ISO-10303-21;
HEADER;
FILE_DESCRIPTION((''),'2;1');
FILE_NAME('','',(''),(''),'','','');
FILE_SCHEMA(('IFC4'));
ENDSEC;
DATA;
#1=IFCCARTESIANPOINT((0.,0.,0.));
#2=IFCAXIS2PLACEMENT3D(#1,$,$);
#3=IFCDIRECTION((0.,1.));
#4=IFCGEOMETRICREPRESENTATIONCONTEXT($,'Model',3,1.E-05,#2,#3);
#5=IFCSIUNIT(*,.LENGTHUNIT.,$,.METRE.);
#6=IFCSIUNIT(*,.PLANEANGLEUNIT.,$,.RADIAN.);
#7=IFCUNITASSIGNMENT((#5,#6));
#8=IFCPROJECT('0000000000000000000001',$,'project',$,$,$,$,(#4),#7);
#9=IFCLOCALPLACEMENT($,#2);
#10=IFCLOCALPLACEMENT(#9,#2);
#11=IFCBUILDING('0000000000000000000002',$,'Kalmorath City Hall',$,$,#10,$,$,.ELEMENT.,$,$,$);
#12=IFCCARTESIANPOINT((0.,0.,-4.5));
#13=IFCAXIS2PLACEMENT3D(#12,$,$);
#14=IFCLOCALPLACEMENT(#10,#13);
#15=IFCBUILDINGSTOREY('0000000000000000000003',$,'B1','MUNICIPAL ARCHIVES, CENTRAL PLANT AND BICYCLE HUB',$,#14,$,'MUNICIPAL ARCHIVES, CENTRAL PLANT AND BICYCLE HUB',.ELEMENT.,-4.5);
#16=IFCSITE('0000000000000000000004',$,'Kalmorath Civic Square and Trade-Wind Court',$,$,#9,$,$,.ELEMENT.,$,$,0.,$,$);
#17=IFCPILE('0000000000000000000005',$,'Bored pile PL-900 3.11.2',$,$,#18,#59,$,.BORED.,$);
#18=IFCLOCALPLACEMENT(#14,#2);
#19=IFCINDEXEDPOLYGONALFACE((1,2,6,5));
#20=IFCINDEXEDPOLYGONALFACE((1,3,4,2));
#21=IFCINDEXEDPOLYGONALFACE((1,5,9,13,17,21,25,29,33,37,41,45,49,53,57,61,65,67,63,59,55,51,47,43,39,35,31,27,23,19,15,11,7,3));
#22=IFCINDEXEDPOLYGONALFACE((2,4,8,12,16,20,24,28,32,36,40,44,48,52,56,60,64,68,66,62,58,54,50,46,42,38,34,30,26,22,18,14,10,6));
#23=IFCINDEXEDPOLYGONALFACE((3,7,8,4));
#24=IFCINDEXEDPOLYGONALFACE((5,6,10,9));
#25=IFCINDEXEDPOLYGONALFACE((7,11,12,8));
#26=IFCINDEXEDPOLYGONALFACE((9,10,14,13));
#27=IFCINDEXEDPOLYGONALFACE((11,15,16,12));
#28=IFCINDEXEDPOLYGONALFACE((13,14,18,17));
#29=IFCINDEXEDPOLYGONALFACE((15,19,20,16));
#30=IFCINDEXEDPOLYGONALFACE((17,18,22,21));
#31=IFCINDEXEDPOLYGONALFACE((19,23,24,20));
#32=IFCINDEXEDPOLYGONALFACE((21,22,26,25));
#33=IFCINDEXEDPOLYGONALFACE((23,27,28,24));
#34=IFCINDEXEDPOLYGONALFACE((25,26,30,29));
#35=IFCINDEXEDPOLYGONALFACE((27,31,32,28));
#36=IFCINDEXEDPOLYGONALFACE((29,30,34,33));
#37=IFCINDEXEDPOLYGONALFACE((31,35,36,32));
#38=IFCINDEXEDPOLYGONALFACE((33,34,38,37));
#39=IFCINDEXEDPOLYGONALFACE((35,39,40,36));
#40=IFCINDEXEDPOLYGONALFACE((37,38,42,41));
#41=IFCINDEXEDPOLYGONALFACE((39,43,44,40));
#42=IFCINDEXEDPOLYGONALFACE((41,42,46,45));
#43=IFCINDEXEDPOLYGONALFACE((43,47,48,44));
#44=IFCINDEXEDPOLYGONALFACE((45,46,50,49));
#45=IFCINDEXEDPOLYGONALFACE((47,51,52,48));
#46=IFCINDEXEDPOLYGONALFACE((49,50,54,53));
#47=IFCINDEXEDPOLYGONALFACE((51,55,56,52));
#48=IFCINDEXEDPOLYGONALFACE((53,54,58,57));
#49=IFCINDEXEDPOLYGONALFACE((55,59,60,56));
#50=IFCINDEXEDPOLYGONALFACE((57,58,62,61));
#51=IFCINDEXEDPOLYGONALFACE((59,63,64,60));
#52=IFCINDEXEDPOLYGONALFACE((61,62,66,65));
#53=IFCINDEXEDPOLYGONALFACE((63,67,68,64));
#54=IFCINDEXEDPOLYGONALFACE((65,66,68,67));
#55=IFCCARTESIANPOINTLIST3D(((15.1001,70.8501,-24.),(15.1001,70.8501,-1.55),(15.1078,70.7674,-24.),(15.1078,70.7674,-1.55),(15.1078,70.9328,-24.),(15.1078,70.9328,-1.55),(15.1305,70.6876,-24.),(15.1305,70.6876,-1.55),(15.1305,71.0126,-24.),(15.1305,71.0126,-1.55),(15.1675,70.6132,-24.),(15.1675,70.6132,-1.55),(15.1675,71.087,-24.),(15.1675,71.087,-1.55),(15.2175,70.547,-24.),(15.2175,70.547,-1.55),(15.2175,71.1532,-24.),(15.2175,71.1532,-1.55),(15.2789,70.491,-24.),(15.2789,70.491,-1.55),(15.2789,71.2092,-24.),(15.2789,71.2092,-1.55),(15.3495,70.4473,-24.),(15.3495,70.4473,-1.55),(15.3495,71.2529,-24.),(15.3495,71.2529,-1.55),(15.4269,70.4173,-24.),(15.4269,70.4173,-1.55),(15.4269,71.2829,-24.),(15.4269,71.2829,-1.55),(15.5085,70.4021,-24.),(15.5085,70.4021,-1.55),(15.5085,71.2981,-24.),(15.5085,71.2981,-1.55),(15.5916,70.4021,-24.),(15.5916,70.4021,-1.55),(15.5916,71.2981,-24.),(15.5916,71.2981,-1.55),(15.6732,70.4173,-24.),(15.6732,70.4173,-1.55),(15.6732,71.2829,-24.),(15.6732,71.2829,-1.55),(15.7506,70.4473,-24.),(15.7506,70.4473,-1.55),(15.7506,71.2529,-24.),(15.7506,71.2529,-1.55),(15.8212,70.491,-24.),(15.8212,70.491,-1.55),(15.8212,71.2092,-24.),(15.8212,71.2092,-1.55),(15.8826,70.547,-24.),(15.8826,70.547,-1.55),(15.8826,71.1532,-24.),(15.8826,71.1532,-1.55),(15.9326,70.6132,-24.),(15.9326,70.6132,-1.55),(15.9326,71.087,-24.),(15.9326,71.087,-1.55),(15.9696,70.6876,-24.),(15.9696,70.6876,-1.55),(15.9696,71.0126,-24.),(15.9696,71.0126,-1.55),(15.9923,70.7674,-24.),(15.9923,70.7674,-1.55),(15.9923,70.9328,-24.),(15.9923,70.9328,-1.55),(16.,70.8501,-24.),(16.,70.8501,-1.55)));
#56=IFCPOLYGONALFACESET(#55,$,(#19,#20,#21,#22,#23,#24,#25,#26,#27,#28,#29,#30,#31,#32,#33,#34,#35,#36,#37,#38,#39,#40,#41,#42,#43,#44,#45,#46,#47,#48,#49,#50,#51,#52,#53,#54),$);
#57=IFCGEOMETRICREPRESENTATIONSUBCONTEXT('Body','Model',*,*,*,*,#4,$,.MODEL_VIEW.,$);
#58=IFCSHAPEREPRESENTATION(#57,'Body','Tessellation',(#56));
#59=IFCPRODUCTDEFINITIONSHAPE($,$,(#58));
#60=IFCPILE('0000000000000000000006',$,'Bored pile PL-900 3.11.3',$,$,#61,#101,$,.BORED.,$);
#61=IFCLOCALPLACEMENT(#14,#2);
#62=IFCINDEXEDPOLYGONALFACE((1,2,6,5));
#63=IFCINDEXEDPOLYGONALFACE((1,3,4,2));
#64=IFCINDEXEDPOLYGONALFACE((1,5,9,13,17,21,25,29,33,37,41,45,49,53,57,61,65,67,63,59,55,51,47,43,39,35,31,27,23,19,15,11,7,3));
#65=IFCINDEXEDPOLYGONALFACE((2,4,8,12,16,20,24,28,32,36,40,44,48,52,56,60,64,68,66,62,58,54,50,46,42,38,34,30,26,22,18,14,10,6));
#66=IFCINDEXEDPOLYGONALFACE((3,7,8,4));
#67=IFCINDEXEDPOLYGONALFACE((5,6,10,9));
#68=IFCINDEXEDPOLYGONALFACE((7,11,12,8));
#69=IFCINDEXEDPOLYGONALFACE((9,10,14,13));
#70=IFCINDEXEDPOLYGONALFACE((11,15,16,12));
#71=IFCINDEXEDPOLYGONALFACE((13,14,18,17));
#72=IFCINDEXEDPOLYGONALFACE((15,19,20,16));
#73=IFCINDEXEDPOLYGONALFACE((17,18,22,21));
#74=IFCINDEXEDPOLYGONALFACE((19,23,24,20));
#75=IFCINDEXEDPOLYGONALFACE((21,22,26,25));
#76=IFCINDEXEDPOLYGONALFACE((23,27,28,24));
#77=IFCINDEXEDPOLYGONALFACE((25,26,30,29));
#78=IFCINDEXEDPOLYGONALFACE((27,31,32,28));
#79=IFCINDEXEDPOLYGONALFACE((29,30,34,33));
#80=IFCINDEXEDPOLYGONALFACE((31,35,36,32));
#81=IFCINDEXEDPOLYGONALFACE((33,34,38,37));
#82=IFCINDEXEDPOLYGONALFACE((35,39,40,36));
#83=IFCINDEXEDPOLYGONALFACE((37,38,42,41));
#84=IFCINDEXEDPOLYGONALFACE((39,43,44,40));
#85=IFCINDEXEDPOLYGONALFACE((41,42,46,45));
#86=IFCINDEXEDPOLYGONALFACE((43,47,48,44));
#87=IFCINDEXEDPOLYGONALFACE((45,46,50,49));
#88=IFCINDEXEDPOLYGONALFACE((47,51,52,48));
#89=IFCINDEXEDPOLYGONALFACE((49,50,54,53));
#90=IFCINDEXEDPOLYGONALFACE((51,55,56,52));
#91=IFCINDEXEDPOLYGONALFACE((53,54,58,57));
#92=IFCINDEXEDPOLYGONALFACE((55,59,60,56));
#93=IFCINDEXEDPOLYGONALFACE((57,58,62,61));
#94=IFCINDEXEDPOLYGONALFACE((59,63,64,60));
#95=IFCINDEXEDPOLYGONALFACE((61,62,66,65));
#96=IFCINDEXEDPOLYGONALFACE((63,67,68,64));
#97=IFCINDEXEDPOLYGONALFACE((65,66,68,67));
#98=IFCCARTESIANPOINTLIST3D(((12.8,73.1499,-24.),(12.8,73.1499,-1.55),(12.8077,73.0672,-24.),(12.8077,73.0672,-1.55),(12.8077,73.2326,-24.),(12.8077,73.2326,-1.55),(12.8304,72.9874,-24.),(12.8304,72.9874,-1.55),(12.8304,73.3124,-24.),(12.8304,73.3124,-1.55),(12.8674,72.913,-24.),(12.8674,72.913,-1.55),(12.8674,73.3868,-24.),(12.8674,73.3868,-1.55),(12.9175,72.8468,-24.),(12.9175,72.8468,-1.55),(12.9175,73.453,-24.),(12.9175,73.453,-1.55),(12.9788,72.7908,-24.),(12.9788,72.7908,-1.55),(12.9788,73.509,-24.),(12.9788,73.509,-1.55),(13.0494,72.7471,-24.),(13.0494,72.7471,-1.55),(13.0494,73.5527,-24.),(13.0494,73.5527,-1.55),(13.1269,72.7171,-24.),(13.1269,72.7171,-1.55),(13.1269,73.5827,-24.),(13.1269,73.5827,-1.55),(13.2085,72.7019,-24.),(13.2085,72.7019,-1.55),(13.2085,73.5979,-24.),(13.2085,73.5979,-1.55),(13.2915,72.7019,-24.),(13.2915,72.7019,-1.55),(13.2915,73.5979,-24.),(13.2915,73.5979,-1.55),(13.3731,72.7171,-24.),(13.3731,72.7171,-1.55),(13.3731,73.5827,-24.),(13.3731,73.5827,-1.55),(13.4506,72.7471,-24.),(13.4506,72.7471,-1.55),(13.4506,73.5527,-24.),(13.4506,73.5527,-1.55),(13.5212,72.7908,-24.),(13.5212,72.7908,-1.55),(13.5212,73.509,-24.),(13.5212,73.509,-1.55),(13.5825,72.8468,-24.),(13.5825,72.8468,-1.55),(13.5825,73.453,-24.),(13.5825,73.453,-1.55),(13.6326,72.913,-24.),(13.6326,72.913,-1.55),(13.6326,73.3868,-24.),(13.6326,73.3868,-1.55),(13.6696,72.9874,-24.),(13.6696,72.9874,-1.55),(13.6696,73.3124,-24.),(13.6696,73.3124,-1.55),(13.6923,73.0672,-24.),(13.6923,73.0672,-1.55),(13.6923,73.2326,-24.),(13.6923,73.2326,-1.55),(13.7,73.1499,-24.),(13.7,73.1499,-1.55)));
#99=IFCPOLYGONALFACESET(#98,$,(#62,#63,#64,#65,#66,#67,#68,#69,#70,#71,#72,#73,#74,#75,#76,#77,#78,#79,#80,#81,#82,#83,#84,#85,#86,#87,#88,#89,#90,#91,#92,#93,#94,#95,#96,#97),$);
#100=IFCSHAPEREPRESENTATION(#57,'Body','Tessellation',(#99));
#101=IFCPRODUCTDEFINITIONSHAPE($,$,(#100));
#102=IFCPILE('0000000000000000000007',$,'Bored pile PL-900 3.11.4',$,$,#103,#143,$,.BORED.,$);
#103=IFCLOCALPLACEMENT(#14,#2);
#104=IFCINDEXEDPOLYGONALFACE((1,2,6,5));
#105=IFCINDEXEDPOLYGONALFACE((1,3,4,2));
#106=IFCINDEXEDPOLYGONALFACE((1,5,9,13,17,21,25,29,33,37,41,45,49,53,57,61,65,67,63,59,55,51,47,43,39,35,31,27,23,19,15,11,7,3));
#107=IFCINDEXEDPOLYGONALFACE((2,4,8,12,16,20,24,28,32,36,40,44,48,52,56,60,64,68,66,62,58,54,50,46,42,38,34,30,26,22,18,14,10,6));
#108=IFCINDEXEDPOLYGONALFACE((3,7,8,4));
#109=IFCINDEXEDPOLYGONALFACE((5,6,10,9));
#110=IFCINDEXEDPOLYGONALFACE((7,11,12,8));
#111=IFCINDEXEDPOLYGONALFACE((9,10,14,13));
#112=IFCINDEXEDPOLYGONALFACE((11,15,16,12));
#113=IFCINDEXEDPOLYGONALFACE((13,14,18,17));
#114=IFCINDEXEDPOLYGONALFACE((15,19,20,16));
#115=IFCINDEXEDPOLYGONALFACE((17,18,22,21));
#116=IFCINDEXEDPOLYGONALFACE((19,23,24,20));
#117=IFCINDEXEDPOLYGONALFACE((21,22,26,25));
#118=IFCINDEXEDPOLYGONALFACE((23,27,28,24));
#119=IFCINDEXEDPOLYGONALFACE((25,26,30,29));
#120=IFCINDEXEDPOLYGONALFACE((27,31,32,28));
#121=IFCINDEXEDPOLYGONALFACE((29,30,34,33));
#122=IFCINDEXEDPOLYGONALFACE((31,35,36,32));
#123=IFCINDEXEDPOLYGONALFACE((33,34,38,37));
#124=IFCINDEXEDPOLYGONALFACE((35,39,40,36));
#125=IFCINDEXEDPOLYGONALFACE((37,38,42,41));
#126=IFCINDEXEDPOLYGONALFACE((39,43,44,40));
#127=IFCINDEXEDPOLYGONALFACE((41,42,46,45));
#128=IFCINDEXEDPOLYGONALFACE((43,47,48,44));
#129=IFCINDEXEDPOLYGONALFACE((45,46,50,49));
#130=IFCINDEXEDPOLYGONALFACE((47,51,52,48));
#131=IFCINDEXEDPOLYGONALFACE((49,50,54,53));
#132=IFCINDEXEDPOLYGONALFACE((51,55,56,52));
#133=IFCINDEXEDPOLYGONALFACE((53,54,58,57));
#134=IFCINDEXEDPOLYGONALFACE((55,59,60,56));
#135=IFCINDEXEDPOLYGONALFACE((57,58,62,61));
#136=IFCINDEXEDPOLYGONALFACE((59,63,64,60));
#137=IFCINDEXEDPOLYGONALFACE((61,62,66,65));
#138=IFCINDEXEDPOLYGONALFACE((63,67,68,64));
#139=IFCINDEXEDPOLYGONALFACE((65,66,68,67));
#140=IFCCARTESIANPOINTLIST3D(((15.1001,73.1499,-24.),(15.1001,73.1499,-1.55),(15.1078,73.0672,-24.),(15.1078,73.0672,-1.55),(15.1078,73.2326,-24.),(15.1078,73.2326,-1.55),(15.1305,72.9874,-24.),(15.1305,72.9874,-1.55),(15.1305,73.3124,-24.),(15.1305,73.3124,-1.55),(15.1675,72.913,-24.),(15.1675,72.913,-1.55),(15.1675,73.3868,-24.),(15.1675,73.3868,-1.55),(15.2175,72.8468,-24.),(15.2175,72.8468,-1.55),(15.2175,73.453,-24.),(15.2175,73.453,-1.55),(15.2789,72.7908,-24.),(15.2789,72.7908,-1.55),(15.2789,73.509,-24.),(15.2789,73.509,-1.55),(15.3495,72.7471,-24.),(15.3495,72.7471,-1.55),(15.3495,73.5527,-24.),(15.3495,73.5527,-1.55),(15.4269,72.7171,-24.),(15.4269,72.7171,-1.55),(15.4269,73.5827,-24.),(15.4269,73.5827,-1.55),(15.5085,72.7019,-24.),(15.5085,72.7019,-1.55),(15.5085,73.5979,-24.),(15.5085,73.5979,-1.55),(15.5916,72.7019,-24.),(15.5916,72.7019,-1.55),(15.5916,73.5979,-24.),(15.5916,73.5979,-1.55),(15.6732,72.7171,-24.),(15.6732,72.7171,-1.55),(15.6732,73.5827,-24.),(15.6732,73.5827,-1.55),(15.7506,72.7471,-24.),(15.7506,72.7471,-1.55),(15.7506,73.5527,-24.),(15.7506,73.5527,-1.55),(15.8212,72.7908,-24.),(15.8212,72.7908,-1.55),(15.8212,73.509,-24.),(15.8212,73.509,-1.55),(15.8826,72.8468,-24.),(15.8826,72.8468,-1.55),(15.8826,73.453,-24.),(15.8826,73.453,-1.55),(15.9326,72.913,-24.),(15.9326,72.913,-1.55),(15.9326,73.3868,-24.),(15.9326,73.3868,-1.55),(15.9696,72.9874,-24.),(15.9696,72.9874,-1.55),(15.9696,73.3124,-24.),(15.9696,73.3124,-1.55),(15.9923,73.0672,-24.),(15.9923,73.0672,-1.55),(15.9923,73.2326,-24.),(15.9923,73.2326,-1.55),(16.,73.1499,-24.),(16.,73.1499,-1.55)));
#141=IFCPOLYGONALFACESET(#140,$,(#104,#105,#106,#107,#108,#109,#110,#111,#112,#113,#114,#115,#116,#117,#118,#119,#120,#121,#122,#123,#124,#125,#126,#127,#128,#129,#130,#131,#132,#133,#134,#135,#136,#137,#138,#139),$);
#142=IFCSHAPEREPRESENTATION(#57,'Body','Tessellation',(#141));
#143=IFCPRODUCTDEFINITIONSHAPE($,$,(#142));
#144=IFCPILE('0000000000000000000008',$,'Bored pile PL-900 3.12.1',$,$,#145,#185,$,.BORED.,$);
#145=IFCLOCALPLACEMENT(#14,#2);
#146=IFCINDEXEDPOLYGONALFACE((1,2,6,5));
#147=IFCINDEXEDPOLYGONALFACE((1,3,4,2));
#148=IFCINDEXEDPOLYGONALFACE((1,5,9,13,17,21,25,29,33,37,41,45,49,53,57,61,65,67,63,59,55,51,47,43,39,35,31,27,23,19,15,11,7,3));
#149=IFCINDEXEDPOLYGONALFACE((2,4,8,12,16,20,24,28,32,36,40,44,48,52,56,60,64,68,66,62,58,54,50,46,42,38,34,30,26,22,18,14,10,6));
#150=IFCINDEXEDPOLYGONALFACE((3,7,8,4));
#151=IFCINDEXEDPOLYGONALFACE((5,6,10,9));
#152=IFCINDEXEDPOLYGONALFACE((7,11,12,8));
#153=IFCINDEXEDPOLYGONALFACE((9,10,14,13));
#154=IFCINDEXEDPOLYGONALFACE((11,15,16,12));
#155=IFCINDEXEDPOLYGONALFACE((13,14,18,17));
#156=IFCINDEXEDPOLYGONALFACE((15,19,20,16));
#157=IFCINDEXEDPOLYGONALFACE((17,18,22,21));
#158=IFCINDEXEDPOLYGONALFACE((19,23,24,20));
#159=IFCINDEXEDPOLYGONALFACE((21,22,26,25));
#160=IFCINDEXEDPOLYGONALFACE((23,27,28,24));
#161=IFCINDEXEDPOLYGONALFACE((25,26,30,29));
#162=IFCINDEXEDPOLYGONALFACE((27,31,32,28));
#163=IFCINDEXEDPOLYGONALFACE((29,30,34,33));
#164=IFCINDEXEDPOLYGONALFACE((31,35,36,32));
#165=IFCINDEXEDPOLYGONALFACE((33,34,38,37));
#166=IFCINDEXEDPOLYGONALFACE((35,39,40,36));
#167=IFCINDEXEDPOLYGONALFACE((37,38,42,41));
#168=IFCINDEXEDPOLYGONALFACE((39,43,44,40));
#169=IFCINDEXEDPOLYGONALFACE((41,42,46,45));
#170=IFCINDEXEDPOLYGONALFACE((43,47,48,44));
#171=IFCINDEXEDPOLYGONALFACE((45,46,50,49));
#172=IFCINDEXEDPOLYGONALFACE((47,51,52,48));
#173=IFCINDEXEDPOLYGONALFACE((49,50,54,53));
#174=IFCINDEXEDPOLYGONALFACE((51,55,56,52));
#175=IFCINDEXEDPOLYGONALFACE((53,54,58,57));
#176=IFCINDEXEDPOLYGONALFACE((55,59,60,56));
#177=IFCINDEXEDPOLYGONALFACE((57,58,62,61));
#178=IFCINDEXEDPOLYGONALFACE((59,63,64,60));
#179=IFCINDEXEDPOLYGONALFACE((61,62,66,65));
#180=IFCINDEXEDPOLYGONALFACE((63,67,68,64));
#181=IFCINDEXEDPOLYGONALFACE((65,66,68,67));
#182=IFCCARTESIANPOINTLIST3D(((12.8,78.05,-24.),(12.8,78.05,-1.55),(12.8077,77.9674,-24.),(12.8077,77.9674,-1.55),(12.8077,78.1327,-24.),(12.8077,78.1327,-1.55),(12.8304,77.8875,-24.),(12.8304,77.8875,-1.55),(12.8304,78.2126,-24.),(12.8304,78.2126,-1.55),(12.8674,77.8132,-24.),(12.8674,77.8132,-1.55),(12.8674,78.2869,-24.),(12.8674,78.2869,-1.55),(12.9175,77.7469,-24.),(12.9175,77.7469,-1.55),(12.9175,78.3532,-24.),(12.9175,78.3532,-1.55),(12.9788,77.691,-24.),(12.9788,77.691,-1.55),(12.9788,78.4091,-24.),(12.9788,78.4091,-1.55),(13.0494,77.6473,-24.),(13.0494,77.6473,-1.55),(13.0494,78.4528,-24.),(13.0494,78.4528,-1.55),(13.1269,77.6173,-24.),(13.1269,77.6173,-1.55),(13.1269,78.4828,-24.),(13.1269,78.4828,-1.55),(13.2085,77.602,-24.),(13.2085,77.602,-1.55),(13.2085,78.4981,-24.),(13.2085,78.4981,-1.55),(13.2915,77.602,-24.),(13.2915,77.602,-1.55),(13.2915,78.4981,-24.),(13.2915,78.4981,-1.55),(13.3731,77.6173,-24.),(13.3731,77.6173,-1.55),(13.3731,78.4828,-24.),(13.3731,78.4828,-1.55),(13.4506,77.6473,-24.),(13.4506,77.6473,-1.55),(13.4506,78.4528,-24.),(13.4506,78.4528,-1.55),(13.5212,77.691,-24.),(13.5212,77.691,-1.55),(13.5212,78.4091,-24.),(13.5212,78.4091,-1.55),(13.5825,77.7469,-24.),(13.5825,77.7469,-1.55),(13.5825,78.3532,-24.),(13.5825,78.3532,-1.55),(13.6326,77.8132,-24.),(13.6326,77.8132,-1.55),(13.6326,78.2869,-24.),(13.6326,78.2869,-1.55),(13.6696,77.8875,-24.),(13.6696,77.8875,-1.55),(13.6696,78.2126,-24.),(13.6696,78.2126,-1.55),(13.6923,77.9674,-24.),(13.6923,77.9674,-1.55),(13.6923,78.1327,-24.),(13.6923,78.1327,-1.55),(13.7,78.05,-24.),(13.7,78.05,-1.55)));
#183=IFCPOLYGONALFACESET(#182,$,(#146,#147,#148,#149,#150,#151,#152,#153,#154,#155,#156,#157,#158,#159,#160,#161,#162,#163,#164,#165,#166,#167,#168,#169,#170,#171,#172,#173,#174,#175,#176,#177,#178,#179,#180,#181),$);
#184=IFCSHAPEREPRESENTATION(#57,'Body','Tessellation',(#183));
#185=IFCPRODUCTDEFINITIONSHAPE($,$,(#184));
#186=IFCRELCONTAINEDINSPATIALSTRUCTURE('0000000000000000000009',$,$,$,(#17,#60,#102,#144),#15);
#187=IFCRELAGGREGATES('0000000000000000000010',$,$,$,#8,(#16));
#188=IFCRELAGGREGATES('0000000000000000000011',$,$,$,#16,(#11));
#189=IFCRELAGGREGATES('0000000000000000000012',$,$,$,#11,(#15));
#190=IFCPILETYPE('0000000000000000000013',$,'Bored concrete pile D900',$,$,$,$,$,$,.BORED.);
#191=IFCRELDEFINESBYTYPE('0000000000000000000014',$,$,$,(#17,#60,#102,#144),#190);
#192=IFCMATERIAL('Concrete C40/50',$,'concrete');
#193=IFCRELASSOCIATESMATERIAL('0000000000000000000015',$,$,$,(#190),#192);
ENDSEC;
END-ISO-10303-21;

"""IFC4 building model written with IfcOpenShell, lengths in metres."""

from ifc_helpers import new_model, si_unit, direction, frame, origin, origin_2d, place, context, subcontext, project, spatial, circle, extrude, material, material_profile, profile_set, type_object, element, save


model = new_model("IFC4")

# Units and contexts
model_context = context("Model", 3, precision=1e-05, world=origin(), true_north=direction((0.0, 1.0)))
body_context = subcontext(model_context, "Body", "Model", "MODEL_VIEW")
ifc_project = project(units=[si_unit("LENGTHUNIT", "METRE"), si_unit("PLANEANGLEUNIT", "RADIAN")], contexts=[model_context])

# Site, building, storey
site_placement = place(None, origin())
site = spatial("IfcSite", under=ifc_project, at=site_placement, Name="Kalmorath Civic Square and Trade-Wind Court", CompositionType="ELEMENT", RefElevation=0.0)
building_placement = place(site_placement, origin())
building = spatial("IfcBuilding", under=site, at=building_placement, Name="Kalmorath City Hall", CompositionType="ELEMENT")
storey_placement = place(building_placement, frame((0.0, 0.0, -4.5)))
storey = spatial("IfcBuildingStorey", under=building, at=storey_placement, Name="B1", Description="MUNICIPAL ARCHIVES, CENTRAL PLANT AND BICYCLE HUB", LongName="MUNICIPAL ARCHIVES, CENTRAL PLANT AND BICYCLE HUB", CompositionType="ELEMENT", Elevation=-4.5)

# Piles
ifc_material_1 = material(Name="Concrete C40/50", Category="concrete")
ifc_material_profile_1 = material_profile(ifc_material_1, circle(Radius=0.45, at=origin_2d()), Name="PILE-D900")
ifc_profile_set_1 = profile_set([ifc_material_profile_1], Name="Concrete C40/50")
pile_type = type_object("IfcPileType", Name="Bored concrete pile D900", PredefinedType="BORED", material=ifc_profile_set_1)
for number, where, z_axis, x_axis, name in (
    (1, (15.55, 70.8501, -1.55), (0.0, 0.0, -1.0), (1.0, 0.0, 0.0), "Bored pile PL-900 3.11.2"),
    (2, (13.25, 73.1499, -1.55), (0.0, 0.0, -1.0), (1.0, 0.0, 0.0), "Bored pile PL-900 3.11.3"),
    (3, (15.55, 73.1499, -1.55), (0.0, 0.0, -1.0), (1.0, 0.0, 0.0), "Bored pile PL-900 3.11.4"),
    (4, (13.25, 78.05, -1.55), (0.0, 0.0, -1.0), (1.0, 0.0, 0.0), "Bored pile PL-900 3.12.1"),
):
    element("IfcPile", number, at=place(storey_placement, frame(where, z_axis=z_axis, x_axis=x_axis)), inside=storey, type_object=pile_type, Name=name, PredefinedType="BORED", context=body_context, shape_type="SweptSolid", body=[
        extrude(circle(Radius=0.45, at=origin_2d()), origin(), (0.0, 0.0, 1.0), 22.45),
    ])

save(model, "model.ifc")
